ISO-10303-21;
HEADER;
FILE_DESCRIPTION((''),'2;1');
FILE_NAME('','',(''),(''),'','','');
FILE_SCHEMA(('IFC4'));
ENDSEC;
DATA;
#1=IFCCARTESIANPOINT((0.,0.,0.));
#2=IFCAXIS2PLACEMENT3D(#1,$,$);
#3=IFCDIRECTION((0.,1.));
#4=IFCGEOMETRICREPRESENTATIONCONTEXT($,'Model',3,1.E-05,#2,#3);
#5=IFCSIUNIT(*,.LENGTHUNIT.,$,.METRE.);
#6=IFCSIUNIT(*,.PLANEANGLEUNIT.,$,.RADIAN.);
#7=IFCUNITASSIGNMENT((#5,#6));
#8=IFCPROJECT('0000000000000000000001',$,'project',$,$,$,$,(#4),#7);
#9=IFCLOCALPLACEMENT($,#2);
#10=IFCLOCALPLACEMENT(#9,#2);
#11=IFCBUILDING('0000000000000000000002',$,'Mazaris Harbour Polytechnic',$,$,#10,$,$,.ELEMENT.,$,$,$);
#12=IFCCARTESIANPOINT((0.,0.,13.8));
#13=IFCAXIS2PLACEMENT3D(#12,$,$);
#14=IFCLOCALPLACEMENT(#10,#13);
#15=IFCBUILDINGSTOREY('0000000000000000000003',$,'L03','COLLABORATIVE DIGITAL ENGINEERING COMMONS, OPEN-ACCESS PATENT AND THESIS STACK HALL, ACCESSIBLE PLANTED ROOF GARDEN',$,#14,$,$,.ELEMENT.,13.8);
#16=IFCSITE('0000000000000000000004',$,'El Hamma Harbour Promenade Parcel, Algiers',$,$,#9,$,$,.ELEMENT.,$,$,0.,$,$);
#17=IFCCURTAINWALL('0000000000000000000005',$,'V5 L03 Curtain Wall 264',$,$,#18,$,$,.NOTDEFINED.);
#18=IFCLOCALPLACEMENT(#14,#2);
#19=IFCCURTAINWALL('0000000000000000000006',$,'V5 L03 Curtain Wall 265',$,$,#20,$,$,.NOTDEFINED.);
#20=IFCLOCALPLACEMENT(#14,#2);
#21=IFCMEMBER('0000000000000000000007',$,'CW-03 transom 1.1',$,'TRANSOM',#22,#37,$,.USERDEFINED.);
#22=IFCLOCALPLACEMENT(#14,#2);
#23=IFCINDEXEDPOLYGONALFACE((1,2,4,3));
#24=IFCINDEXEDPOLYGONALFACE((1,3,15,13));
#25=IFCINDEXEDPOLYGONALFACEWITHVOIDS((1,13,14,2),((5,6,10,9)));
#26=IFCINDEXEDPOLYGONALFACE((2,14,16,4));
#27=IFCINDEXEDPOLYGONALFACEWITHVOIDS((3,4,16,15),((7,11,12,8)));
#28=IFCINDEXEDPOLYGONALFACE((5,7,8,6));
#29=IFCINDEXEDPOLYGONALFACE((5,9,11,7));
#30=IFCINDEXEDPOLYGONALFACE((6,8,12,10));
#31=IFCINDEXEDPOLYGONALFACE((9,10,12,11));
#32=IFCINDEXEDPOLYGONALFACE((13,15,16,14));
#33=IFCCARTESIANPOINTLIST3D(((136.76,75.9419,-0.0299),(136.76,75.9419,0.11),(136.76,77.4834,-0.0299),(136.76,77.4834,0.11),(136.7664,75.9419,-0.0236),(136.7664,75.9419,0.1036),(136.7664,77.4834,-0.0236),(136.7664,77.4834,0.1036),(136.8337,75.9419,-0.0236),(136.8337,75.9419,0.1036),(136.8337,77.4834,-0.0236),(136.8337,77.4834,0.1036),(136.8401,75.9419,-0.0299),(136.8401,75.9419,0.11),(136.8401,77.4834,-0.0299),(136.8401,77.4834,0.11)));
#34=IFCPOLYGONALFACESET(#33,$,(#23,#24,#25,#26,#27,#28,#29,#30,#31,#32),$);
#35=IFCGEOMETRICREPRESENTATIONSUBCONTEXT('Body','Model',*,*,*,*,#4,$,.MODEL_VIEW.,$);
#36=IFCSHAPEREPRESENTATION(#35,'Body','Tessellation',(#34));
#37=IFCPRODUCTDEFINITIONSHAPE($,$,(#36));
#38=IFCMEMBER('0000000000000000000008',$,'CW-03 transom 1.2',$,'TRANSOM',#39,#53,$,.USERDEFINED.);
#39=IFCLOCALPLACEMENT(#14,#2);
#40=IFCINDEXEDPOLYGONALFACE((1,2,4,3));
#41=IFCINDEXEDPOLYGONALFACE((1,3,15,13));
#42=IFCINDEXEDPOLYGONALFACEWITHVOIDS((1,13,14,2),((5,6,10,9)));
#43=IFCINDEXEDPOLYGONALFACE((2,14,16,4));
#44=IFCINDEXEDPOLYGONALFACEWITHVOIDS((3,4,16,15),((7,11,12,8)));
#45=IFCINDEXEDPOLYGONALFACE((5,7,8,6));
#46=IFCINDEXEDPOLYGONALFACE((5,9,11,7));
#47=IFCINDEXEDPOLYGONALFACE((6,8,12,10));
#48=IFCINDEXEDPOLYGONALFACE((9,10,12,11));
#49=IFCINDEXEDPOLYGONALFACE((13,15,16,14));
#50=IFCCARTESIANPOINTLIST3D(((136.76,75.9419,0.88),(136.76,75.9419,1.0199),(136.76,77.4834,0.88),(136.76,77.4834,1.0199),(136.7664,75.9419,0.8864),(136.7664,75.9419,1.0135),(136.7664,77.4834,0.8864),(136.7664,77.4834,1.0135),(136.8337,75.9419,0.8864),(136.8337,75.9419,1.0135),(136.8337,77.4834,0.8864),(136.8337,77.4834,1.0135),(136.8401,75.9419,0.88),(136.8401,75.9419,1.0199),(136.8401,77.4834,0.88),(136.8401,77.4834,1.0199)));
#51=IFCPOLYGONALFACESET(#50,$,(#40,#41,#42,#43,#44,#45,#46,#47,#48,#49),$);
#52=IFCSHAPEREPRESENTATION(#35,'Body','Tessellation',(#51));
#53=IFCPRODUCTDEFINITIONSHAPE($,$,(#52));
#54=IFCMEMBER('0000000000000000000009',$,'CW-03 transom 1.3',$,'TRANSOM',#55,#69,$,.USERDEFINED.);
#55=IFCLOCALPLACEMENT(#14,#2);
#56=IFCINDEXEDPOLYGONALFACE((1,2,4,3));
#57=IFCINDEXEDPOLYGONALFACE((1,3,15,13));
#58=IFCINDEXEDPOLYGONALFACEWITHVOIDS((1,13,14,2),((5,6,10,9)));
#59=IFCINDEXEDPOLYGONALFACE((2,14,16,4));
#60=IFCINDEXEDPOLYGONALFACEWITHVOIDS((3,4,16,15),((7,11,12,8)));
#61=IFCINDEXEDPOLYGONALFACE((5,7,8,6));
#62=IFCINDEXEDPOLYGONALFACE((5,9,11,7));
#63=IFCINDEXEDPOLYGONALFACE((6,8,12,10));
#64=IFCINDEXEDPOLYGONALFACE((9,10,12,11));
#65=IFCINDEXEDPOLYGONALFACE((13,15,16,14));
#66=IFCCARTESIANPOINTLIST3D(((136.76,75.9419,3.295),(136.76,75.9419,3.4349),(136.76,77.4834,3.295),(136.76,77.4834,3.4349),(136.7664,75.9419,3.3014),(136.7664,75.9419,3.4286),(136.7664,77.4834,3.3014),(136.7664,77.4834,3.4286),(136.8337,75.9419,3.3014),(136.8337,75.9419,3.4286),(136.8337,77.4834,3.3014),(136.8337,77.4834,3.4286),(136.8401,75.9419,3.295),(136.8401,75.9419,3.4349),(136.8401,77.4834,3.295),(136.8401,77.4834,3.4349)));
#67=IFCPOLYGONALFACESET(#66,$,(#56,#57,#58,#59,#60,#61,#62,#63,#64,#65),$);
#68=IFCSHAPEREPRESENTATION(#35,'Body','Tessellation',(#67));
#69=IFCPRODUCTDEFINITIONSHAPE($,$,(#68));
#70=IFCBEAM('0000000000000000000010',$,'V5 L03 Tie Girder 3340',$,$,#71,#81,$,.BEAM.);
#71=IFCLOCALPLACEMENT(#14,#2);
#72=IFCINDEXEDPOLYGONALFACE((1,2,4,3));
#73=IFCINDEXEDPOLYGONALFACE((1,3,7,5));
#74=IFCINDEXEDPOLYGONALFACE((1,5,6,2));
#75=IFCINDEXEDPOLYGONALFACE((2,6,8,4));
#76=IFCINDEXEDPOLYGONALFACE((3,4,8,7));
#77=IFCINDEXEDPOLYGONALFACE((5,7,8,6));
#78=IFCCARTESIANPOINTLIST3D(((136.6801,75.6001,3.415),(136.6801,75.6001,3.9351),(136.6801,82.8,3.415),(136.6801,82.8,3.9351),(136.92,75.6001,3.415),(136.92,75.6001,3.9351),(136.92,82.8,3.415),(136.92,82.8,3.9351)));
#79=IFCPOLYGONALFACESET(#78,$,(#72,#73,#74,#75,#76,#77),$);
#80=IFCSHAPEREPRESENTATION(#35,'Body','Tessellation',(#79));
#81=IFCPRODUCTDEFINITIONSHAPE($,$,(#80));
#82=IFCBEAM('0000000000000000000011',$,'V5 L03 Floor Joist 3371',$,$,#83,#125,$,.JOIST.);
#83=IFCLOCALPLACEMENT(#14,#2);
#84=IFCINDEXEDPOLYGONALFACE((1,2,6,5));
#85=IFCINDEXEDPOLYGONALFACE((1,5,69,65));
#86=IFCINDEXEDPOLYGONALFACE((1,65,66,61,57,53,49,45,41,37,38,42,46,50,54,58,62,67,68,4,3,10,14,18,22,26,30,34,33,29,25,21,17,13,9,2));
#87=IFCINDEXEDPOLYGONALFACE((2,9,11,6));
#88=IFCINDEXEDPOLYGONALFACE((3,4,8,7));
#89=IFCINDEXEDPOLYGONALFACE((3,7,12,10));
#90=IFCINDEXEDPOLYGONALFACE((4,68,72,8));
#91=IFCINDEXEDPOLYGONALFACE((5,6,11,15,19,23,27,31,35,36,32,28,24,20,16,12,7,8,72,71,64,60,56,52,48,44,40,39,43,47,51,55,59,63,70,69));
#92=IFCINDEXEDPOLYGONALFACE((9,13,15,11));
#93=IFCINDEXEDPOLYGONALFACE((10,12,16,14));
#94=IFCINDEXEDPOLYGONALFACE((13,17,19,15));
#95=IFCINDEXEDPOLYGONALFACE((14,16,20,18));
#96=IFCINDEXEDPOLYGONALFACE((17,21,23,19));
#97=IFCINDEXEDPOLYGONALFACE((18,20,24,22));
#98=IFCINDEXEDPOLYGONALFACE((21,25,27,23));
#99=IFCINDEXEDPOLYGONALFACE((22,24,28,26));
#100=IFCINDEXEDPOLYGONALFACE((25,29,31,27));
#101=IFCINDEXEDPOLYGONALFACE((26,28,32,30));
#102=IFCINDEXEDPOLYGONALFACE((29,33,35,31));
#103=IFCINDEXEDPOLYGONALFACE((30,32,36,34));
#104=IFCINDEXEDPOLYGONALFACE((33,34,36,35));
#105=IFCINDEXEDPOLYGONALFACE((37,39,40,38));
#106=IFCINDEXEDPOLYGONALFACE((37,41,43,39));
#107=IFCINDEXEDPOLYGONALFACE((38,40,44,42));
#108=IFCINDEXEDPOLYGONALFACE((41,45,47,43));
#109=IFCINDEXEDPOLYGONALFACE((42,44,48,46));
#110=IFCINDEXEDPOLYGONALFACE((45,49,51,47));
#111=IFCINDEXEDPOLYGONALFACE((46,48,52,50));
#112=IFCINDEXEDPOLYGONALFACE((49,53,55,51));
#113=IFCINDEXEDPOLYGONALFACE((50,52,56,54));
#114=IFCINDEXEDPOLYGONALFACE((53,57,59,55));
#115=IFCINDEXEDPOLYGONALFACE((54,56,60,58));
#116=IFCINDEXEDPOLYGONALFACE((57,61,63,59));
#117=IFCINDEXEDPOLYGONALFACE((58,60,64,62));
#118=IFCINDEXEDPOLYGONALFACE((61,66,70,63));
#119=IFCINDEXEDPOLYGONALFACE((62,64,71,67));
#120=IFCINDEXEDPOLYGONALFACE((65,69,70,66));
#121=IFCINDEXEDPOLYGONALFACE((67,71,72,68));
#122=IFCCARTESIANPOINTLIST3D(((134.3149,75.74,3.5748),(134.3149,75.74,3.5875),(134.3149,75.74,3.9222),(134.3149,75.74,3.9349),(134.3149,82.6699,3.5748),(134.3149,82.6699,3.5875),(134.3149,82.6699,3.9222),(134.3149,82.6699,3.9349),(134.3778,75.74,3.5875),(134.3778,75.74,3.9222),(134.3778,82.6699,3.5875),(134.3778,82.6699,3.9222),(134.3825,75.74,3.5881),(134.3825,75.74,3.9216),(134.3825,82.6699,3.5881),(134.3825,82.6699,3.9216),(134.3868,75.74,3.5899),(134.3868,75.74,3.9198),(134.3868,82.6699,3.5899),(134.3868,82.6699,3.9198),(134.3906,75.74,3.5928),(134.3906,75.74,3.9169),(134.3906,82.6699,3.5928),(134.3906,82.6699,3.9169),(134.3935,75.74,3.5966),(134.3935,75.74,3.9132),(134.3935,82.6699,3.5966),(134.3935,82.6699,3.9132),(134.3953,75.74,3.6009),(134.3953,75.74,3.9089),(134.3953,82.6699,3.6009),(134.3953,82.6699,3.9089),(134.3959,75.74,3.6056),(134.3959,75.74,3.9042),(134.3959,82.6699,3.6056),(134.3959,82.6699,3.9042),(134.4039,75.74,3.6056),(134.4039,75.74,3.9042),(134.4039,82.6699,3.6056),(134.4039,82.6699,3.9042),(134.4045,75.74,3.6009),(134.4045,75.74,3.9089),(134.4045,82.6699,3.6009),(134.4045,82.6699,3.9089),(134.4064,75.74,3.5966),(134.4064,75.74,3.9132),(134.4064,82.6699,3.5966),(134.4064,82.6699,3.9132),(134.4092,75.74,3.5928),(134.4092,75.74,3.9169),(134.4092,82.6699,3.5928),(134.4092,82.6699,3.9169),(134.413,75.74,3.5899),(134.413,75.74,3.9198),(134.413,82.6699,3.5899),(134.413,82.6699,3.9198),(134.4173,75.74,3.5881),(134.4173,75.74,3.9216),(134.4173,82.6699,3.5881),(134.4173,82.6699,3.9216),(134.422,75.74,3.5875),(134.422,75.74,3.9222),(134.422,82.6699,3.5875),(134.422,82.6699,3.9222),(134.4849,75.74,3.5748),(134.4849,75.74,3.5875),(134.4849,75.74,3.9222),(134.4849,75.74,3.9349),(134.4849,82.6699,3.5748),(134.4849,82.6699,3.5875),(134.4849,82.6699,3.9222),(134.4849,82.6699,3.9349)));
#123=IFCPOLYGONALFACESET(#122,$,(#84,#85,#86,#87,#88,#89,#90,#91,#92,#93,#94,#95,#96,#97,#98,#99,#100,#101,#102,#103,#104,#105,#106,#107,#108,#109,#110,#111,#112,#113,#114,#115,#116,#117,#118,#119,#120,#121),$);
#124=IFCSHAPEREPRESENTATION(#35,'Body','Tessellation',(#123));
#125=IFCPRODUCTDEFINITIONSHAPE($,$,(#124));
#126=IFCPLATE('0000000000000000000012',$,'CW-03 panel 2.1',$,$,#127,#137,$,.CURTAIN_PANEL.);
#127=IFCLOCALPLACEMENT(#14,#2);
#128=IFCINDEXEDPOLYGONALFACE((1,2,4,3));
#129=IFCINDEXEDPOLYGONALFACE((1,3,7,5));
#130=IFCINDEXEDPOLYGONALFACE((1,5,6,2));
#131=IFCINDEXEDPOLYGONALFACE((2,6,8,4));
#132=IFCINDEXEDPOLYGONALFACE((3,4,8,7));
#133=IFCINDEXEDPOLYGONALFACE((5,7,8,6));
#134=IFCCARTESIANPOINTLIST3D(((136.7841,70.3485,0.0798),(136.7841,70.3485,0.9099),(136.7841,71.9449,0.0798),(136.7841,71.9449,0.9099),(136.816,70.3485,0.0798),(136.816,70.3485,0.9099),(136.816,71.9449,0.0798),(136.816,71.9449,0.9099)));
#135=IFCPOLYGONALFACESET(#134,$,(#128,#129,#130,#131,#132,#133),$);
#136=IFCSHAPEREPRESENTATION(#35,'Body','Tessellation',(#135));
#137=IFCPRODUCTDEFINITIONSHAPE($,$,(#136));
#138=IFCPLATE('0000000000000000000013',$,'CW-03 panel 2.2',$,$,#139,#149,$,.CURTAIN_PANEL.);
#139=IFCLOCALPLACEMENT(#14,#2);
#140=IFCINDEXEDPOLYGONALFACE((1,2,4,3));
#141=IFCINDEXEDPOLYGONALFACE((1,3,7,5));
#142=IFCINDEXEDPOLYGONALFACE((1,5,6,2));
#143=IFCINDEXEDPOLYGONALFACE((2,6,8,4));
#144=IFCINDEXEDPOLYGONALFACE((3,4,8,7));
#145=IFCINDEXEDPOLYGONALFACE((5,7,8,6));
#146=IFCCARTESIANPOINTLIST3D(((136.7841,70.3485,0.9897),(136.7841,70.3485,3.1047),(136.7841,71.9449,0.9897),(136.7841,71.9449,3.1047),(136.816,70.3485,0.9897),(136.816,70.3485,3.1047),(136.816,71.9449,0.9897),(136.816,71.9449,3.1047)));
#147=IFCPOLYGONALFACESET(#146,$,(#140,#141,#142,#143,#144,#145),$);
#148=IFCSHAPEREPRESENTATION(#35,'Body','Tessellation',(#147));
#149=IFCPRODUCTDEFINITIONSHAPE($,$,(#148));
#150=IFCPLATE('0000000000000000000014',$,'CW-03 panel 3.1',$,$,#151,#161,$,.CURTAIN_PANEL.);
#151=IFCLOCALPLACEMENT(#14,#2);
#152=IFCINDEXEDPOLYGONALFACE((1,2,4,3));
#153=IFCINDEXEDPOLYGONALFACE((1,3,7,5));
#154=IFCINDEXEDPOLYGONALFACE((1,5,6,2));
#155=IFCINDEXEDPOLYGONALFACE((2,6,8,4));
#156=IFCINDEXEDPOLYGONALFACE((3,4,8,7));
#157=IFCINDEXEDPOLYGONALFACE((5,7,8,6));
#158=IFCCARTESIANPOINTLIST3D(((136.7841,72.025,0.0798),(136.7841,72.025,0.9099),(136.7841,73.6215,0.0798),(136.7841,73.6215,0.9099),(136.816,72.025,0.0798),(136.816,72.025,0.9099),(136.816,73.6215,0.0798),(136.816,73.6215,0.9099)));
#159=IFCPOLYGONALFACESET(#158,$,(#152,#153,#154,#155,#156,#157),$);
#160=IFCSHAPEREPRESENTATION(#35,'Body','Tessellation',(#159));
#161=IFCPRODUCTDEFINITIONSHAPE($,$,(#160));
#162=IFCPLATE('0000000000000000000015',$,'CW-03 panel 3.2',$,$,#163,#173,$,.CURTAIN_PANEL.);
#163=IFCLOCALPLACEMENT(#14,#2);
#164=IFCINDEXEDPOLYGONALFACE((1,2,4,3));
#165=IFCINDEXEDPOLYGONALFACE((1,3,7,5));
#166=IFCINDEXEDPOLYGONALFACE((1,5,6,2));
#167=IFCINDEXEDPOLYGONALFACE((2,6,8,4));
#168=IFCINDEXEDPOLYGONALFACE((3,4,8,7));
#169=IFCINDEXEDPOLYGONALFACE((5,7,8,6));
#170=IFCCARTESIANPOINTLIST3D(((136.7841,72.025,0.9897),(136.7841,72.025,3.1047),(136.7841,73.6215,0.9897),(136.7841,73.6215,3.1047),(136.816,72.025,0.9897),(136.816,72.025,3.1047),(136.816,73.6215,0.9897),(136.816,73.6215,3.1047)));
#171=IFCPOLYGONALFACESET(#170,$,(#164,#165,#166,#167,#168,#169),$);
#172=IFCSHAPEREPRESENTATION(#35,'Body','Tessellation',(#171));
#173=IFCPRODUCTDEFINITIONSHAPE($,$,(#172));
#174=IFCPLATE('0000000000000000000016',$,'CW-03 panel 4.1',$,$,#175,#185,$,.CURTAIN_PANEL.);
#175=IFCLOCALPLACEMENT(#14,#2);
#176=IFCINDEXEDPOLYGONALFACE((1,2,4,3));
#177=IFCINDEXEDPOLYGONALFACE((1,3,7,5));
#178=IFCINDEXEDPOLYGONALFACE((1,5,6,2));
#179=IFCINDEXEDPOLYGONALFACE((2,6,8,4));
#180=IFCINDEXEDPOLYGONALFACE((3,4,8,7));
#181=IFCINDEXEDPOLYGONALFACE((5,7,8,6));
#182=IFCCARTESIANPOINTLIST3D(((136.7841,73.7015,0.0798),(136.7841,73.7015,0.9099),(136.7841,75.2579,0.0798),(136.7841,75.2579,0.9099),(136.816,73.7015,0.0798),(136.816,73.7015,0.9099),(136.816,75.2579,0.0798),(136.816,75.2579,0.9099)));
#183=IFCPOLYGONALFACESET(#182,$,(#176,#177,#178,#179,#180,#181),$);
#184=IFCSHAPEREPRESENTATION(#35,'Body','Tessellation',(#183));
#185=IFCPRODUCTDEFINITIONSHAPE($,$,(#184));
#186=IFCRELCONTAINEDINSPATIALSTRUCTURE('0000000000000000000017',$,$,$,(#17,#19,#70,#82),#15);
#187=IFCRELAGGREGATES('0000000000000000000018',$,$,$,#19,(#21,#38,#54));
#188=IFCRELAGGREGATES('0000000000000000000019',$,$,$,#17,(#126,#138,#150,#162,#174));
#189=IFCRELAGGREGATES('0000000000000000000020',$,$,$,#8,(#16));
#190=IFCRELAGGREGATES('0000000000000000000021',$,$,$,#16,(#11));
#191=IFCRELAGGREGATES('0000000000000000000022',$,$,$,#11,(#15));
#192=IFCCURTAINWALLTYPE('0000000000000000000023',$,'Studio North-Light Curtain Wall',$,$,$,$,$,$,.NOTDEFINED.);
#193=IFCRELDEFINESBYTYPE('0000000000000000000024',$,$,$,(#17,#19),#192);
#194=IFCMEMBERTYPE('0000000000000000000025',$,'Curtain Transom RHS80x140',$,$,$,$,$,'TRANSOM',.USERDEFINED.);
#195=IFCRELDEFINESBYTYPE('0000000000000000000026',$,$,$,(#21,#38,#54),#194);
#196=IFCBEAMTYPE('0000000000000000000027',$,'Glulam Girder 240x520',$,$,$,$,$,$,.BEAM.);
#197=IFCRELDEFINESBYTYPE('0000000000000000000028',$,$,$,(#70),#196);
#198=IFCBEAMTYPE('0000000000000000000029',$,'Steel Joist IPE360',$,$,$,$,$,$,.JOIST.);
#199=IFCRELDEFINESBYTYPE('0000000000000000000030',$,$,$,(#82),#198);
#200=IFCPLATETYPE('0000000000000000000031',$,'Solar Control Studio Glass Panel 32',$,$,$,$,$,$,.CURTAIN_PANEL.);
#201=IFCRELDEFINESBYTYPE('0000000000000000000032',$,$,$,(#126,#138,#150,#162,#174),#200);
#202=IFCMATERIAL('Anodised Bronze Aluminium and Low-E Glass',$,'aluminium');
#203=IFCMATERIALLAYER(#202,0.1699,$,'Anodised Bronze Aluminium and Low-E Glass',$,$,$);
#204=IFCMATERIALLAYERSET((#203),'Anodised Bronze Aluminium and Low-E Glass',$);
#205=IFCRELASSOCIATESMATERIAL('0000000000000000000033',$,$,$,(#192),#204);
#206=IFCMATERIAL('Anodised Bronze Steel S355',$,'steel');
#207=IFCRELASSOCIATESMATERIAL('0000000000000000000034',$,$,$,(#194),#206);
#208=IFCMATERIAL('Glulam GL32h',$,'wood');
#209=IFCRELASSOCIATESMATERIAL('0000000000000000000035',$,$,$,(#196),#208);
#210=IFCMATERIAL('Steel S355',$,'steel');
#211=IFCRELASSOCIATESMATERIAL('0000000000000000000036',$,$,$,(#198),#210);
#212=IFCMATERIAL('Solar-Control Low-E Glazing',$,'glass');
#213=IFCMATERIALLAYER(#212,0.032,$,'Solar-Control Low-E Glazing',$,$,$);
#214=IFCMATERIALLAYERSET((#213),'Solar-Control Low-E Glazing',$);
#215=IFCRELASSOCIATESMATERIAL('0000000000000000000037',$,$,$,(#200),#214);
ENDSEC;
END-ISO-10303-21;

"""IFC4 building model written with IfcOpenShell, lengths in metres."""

from ifc_helpers import new_model, si_unit, direction, frame, origin, origin_2d, place, context, subcontext, project, spatial, rectangle, hollow_rectangle, i_section, extrude, material, layer, layer_set, material_profile, profile_set, type_object, element, aggregate, save


model = new_model("IFC4")

# Units and contexts
model_context = context("Model", 3, precision=1e-05, world=origin(), true_north=direction((0.0, 1.0)))
body_context = subcontext(model_context, "Body", "Model", "MODEL_VIEW")
ifc_project = project(units=[si_unit("LENGTHUNIT", "METRE"), si_unit("PLANEANGLEUNIT", "RADIAN")], contexts=[model_context])

# Site, building, storey
site_placement = place(None, origin())
site = spatial("IfcSite", under=ifc_project, at=site_placement, Name="El Hamma Harbour Promenade Parcel, Algiers", CompositionType="ELEMENT", RefElevation=0.0)
building_placement = place(site_placement, origin())
building = spatial("IfcBuilding", under=site, at=building_placement, Name="Mazaris Harbour Polytechnic", CompositionType="ELEMENT")
storey_placement = place(building_placement, frame((0.0, 0.0, 13.8)))
storey = spatial("IfcBuildingStorey", under=building, at=storey_placement, Name="L03", Description="COLLABORATIVE DIGITAL ENGINEERING COMMONS, OPEN-ACCESS PATENT AND THESIS STACK HALL, ACCESSIBLE PLANTED ROOF GARDEN", CompositionType="ELEMENT", Elevation=13.8)

# Curtain wall
ifc_material_1 = material(Name="Anodised Bronze Aluminium and Low-E Glass", Category="aluminium")
ifc_layer_1 = layer(ifc_material_1, 0.1699, Name="Anodised Bronze Aluminium and Low-E Glass")
ifc_layer_set_1 = layer_set([ifc_layer_1], Name="Anodised Bronze Aluminium and Low-E Glass")
curtain_wall_type = type_object("IfcCurtainWallType", Name="Studio North-Light Curtain Wall", PredefinedType="NOTDEFINED", material=ifc_layer_set_1)
curtain_wall_1_placement = place(storey_placement, origin())
curtain_wall_1 = element("IfcCurtainWall", 1, at=curtain_wall_1_placement, inside=storey, type_object=curtain_wall_type, Name="V5 L03 Curtain Wall 264", PredefinedType="NOTDEFINED")

# Curtain wall
curtain_wall_2_placement = place(storey_placement, origin())
curtain_wall_2 = element("IfcCurtainWall", 2, at=curtain_wall_2_placement, inside=storey, type_object=curtain_wall_type, Name="V5 L03 Curtain Wall 265", PredefinedType="NOTDEFINED")

# Members
ifc_material_2 = material(Name="Anodised Bronze Steel S355", Category="steel")
ifc_material_profile_1 = material_profile(ifc_material_2, hollow_rectangle(XDim=0.0801, YDim=0.1399, WallThickness=0.0063, at=origin_2d()), Name="RHS 80x140x6.3")
ifc_profile_set_1 = profile_set([ifc_material_profile_1], Name="Anodised Bronze Steel S355")
member_type_1 = type_object("IfcMemberType", Name="Curtain Transom RHS80x140", ElementType="TRANSOM", PredefinedType="USERDEFINED", material=ifc_profile_set_1)
member_1_placement = place(storey_placement, frame((136.8, 75.9419, 0.04), z_axis=(0.0, 1.0, 0.0), x_axis=(-1.0, 0.0, 0.0)))
member_1 = element("IfcMember", 3, at=member_1_placement, type_object=member_type_1, Name="CW-03 transom 1.1", ObjectType="TRANSOM", PredefinedType="USERDEFINED", context=body_context, shape_type="SweptSolid", body=[
    extrude(hollow_rectangle(XDim=0.0801, YDim=0.1399, WallThickness=0.0063, at=origin_2d()), origin(), (0.0, 0.0, 1.0), 1.5415),
])
member_2_placement = place(storey_placement, frame((136.8, 75.9419, 0.95), z_axis=(0.0, 1.0, 0.0), x_axis=(-1.0, 0.0, 0.0)))
member_2 = element("IfcMember", 4, at=member_2_placement, type_object=member_type_1, Name="CW-03 transom 1.2", ObjectType="TRANSOM", PredefinedType="USERDEFINED", context=body_context, shape_type="SweptSolid", body=[
    extrude(hollow_rectangle(XDim=0.0801, YDim=0.1399, WallThickness=0.0063, at=origin_2d()), origin(), (0.0, 0.0, 1.0), 1.5415),
])
member_3_placement = place(storey_placement, frame((136.8, 75.9419, 3.365), z_axis=(0.0, 1.0, 0.0), x_axis=(-1.0, 0.0, 0.0)))
member_3 = element("IfcMember", 5, at=member_3_placement, type_object=member_type_1, Name="CW-03 transom 1.3", ObjectType="TRANSOM", PredefinedType="USERDEFINED", context=body_context, shape_type="SweptSolid", body=[
    extrude(hollow_rectangle(XDim=0.0801, YDim=0.1399, WallThickness=0.0063, at=origin_2d()), origin(), (0.0, 0.0, 1.0), 1.5415),
])
aggregate(curtain_wall_2, [member_1, member_2, member_3])

# Beams
ifc_material_3 = material(Name="Glulam GL32h", Category="wood")
ifc_material_profile_2 = material_profile(ifc_material_3, rectangle(XDim=0.24, YDim=0.52, at=origin_2d()), Name="RECT240x520")
ifc_profile_set_2 = profile_set([ifc_material_profile_2], Name="Glulam GL32h")
beam_type_1 = type_object("IfcBeamType", Name="Glulam Girder 240x520", PredefinedType="BEAM", material=ifc_profile_set_2)
beam_1_placement = place(storey_placement, frame((136.8, 75.6001, 3.675), z_axis=(0.0, 1.0, 0.0), x_axis=(-1.0, 0.0, 0.0)))
element("IfcBeam", 6, at=beam_1_placement, inside=storey, type_object=beam_type_1, Name="V5 L03 Tie Girder 3340", PredefinedType="BEAM", context=body_context, shape_type="SweptSolid", body=[
    extrude(rectangle(XDim=0.24, YDim=0.52, at=origin_2d()), origin(), (0.0, 0.0, 1.0), 7.2),
])
ifc_material_4 = material(Name="Steel S355", Category="steel")
ifc_material_profile_3 = material_profile(ifc_material_4, i_section(OverallWidth=0.1699, OverallDepth=0.3601, WebThickness=0.0081, FlangeThickness=0.0127, FilletRadius=0.0181, at=origin_2d()), Name="IPE 360")
ifc_profile_set_3 = profile_set([ifc_material_profile_3], Name="Steel S355")
beam_type_2 = type_object("IfcBeamType", Name="Steel Joist IPE360", PredefinedType="JOIST", material=ifc_profile_set_3)
beam_2_placement = place(storey_placement, frame((134.3999, 75.74, 3.7549), z_axis=(0.0, 1.0, 0.0), x_axis=(-1.0, 0.0, 0.0)))
element("IfcBeam", 7, at=beam_2_placement, inside=storey, type_object=beam_type_2, Name="V5 L03 Floor Joist 3371", PredefinedType="JOIST", context=body_context, shape_type="SweptSolid", body=[
    extrude(i_section(OverallWidth=0.1699, OverallDepth=0.3601, WebThickness=0.0081, FlangeThickness=0.0127, FilletRadius=0.0181, at=origin_2d()), origin(), (0.0, 0.0, 1.0), 6.9299),
])

# Plates
ifc_material_5 = material(Name="Solar-Control Low-E Glazing", Category="glass")
ifc_layer_2 = layer(ifc_material_5, 0.032, Name="Solar-Control Low-E Glazing")
ifc_layer_set_2 = layer_set([ifc_layer_2], Name="Solar-Control Low-E Glazing")
plate_type = type_object("IfcPlateType", Name="Solar Control Studio Glass Panel 32", PredefinedType="CURTAIN_PANEL", material=ifc_layer_set_2)
plate_1_placement = place(storey_placement, frame((136.8, 71.1467, 0.0798), z_axis=(0.0, 0.0, 1.0), x_axis=(0.0, 1.0, 0.0)))
plate_1 = element("IfcPlate", 8, at=plate_1_placement, type_object=plate_type, Name="CW-03 panel 2.1", PredefinedType="CURTAIN_PANEL", context=body_context, shape_type="SweptSolid", body=[
    extrude(rectangle(XDim=1.5964, YDim=0.032, at=origin_2d()), origin(), (0.0, 0.0, 1.0), 0.8301),
])
plate_2_placement = place(storey_placement, frame((136.8, 71.1467, 0.9897), z_axis=(0.0, 0.0, 1.0), x_axis=(0.0, 1.0, 0.0)))
plate_2 = element("IfcPlate", 9, at=plate_2_placement, type_object=plate_type, Name="CW-03 panel 2.2", PredefinedType="CURTAIN_PANEL", context=body_context, shape_type="SweptSolid", body=[
    extrude(rectangle(XDim=1.5964, YDim=0.032, at=origin_2d()), origin(), (0.0, 0.0, 1.0), 2.115),
])
plate_3_placement = place(storey_placement, frame((136.8, 72.8232, 0.0798), z_axis=(0.0, 0.0, 1.0), x_axis=(0.0, 1.0, 0.0)))
plate_3 = element("IfcPlate", 10, at=plate_3_placement, type_object=plate_type, Name="CW-03 panel 3.1", PredefinedType="CURTAIN_PANEL", context=body_context, shape_type="SweptSolid", body=[
    extrude(rectangle(XDim=1.5964, YDim=0.032, at=origin_2d()), origin(), (0.0, 0.0, 1.0), 0.8301),
])
plate_4_placement = place(storey_placement, frame((136.8, 72.8232, 0.9897), z_axis=(0.0, 0.0, 1.0), x_axis=(0.0, 1.0, 0.0)))
plate_4 = element("IfcPlate", 11, at=plate_4_placement, type_object=plate_type, Name="CW-03 panel 3.2", PredefinedType="CURTAIN_PANEL", context=body_context, shape_type="SweptSolid", body=[
    extrude(rectangle(XDim=1.5964, YDim=0.032, at=origin_2d()), origin(), (0.0, 0.0, 1.0), 2.115),
])
plate_5_placement = place(storey_placement, frame((136.8, 74.4797, 0.0798), z_axis=(0.0, 0.0, 1.0), x_axis=(0.0, 1.0, 0.0)))
plate_5 = element("IfcPlate", 12, at=plate_5_placement, type_object=plate_type, Name="CW-03 panel 4.1", PredefinedType="CURTAIN_PANEL", context=body_context, shape_type="SweptSolid", body=[
    extrude(rectangle(XDim=1.5564, YDim=0.032, at=origin_2d()), origin(), (0.0, 0.0, 1.0), 0.8301),
])
aggregate(curtain_wall_1, [plate_1, plate_2, plate_3, plate_4, plate_5])

save(model, "model.ifc")
